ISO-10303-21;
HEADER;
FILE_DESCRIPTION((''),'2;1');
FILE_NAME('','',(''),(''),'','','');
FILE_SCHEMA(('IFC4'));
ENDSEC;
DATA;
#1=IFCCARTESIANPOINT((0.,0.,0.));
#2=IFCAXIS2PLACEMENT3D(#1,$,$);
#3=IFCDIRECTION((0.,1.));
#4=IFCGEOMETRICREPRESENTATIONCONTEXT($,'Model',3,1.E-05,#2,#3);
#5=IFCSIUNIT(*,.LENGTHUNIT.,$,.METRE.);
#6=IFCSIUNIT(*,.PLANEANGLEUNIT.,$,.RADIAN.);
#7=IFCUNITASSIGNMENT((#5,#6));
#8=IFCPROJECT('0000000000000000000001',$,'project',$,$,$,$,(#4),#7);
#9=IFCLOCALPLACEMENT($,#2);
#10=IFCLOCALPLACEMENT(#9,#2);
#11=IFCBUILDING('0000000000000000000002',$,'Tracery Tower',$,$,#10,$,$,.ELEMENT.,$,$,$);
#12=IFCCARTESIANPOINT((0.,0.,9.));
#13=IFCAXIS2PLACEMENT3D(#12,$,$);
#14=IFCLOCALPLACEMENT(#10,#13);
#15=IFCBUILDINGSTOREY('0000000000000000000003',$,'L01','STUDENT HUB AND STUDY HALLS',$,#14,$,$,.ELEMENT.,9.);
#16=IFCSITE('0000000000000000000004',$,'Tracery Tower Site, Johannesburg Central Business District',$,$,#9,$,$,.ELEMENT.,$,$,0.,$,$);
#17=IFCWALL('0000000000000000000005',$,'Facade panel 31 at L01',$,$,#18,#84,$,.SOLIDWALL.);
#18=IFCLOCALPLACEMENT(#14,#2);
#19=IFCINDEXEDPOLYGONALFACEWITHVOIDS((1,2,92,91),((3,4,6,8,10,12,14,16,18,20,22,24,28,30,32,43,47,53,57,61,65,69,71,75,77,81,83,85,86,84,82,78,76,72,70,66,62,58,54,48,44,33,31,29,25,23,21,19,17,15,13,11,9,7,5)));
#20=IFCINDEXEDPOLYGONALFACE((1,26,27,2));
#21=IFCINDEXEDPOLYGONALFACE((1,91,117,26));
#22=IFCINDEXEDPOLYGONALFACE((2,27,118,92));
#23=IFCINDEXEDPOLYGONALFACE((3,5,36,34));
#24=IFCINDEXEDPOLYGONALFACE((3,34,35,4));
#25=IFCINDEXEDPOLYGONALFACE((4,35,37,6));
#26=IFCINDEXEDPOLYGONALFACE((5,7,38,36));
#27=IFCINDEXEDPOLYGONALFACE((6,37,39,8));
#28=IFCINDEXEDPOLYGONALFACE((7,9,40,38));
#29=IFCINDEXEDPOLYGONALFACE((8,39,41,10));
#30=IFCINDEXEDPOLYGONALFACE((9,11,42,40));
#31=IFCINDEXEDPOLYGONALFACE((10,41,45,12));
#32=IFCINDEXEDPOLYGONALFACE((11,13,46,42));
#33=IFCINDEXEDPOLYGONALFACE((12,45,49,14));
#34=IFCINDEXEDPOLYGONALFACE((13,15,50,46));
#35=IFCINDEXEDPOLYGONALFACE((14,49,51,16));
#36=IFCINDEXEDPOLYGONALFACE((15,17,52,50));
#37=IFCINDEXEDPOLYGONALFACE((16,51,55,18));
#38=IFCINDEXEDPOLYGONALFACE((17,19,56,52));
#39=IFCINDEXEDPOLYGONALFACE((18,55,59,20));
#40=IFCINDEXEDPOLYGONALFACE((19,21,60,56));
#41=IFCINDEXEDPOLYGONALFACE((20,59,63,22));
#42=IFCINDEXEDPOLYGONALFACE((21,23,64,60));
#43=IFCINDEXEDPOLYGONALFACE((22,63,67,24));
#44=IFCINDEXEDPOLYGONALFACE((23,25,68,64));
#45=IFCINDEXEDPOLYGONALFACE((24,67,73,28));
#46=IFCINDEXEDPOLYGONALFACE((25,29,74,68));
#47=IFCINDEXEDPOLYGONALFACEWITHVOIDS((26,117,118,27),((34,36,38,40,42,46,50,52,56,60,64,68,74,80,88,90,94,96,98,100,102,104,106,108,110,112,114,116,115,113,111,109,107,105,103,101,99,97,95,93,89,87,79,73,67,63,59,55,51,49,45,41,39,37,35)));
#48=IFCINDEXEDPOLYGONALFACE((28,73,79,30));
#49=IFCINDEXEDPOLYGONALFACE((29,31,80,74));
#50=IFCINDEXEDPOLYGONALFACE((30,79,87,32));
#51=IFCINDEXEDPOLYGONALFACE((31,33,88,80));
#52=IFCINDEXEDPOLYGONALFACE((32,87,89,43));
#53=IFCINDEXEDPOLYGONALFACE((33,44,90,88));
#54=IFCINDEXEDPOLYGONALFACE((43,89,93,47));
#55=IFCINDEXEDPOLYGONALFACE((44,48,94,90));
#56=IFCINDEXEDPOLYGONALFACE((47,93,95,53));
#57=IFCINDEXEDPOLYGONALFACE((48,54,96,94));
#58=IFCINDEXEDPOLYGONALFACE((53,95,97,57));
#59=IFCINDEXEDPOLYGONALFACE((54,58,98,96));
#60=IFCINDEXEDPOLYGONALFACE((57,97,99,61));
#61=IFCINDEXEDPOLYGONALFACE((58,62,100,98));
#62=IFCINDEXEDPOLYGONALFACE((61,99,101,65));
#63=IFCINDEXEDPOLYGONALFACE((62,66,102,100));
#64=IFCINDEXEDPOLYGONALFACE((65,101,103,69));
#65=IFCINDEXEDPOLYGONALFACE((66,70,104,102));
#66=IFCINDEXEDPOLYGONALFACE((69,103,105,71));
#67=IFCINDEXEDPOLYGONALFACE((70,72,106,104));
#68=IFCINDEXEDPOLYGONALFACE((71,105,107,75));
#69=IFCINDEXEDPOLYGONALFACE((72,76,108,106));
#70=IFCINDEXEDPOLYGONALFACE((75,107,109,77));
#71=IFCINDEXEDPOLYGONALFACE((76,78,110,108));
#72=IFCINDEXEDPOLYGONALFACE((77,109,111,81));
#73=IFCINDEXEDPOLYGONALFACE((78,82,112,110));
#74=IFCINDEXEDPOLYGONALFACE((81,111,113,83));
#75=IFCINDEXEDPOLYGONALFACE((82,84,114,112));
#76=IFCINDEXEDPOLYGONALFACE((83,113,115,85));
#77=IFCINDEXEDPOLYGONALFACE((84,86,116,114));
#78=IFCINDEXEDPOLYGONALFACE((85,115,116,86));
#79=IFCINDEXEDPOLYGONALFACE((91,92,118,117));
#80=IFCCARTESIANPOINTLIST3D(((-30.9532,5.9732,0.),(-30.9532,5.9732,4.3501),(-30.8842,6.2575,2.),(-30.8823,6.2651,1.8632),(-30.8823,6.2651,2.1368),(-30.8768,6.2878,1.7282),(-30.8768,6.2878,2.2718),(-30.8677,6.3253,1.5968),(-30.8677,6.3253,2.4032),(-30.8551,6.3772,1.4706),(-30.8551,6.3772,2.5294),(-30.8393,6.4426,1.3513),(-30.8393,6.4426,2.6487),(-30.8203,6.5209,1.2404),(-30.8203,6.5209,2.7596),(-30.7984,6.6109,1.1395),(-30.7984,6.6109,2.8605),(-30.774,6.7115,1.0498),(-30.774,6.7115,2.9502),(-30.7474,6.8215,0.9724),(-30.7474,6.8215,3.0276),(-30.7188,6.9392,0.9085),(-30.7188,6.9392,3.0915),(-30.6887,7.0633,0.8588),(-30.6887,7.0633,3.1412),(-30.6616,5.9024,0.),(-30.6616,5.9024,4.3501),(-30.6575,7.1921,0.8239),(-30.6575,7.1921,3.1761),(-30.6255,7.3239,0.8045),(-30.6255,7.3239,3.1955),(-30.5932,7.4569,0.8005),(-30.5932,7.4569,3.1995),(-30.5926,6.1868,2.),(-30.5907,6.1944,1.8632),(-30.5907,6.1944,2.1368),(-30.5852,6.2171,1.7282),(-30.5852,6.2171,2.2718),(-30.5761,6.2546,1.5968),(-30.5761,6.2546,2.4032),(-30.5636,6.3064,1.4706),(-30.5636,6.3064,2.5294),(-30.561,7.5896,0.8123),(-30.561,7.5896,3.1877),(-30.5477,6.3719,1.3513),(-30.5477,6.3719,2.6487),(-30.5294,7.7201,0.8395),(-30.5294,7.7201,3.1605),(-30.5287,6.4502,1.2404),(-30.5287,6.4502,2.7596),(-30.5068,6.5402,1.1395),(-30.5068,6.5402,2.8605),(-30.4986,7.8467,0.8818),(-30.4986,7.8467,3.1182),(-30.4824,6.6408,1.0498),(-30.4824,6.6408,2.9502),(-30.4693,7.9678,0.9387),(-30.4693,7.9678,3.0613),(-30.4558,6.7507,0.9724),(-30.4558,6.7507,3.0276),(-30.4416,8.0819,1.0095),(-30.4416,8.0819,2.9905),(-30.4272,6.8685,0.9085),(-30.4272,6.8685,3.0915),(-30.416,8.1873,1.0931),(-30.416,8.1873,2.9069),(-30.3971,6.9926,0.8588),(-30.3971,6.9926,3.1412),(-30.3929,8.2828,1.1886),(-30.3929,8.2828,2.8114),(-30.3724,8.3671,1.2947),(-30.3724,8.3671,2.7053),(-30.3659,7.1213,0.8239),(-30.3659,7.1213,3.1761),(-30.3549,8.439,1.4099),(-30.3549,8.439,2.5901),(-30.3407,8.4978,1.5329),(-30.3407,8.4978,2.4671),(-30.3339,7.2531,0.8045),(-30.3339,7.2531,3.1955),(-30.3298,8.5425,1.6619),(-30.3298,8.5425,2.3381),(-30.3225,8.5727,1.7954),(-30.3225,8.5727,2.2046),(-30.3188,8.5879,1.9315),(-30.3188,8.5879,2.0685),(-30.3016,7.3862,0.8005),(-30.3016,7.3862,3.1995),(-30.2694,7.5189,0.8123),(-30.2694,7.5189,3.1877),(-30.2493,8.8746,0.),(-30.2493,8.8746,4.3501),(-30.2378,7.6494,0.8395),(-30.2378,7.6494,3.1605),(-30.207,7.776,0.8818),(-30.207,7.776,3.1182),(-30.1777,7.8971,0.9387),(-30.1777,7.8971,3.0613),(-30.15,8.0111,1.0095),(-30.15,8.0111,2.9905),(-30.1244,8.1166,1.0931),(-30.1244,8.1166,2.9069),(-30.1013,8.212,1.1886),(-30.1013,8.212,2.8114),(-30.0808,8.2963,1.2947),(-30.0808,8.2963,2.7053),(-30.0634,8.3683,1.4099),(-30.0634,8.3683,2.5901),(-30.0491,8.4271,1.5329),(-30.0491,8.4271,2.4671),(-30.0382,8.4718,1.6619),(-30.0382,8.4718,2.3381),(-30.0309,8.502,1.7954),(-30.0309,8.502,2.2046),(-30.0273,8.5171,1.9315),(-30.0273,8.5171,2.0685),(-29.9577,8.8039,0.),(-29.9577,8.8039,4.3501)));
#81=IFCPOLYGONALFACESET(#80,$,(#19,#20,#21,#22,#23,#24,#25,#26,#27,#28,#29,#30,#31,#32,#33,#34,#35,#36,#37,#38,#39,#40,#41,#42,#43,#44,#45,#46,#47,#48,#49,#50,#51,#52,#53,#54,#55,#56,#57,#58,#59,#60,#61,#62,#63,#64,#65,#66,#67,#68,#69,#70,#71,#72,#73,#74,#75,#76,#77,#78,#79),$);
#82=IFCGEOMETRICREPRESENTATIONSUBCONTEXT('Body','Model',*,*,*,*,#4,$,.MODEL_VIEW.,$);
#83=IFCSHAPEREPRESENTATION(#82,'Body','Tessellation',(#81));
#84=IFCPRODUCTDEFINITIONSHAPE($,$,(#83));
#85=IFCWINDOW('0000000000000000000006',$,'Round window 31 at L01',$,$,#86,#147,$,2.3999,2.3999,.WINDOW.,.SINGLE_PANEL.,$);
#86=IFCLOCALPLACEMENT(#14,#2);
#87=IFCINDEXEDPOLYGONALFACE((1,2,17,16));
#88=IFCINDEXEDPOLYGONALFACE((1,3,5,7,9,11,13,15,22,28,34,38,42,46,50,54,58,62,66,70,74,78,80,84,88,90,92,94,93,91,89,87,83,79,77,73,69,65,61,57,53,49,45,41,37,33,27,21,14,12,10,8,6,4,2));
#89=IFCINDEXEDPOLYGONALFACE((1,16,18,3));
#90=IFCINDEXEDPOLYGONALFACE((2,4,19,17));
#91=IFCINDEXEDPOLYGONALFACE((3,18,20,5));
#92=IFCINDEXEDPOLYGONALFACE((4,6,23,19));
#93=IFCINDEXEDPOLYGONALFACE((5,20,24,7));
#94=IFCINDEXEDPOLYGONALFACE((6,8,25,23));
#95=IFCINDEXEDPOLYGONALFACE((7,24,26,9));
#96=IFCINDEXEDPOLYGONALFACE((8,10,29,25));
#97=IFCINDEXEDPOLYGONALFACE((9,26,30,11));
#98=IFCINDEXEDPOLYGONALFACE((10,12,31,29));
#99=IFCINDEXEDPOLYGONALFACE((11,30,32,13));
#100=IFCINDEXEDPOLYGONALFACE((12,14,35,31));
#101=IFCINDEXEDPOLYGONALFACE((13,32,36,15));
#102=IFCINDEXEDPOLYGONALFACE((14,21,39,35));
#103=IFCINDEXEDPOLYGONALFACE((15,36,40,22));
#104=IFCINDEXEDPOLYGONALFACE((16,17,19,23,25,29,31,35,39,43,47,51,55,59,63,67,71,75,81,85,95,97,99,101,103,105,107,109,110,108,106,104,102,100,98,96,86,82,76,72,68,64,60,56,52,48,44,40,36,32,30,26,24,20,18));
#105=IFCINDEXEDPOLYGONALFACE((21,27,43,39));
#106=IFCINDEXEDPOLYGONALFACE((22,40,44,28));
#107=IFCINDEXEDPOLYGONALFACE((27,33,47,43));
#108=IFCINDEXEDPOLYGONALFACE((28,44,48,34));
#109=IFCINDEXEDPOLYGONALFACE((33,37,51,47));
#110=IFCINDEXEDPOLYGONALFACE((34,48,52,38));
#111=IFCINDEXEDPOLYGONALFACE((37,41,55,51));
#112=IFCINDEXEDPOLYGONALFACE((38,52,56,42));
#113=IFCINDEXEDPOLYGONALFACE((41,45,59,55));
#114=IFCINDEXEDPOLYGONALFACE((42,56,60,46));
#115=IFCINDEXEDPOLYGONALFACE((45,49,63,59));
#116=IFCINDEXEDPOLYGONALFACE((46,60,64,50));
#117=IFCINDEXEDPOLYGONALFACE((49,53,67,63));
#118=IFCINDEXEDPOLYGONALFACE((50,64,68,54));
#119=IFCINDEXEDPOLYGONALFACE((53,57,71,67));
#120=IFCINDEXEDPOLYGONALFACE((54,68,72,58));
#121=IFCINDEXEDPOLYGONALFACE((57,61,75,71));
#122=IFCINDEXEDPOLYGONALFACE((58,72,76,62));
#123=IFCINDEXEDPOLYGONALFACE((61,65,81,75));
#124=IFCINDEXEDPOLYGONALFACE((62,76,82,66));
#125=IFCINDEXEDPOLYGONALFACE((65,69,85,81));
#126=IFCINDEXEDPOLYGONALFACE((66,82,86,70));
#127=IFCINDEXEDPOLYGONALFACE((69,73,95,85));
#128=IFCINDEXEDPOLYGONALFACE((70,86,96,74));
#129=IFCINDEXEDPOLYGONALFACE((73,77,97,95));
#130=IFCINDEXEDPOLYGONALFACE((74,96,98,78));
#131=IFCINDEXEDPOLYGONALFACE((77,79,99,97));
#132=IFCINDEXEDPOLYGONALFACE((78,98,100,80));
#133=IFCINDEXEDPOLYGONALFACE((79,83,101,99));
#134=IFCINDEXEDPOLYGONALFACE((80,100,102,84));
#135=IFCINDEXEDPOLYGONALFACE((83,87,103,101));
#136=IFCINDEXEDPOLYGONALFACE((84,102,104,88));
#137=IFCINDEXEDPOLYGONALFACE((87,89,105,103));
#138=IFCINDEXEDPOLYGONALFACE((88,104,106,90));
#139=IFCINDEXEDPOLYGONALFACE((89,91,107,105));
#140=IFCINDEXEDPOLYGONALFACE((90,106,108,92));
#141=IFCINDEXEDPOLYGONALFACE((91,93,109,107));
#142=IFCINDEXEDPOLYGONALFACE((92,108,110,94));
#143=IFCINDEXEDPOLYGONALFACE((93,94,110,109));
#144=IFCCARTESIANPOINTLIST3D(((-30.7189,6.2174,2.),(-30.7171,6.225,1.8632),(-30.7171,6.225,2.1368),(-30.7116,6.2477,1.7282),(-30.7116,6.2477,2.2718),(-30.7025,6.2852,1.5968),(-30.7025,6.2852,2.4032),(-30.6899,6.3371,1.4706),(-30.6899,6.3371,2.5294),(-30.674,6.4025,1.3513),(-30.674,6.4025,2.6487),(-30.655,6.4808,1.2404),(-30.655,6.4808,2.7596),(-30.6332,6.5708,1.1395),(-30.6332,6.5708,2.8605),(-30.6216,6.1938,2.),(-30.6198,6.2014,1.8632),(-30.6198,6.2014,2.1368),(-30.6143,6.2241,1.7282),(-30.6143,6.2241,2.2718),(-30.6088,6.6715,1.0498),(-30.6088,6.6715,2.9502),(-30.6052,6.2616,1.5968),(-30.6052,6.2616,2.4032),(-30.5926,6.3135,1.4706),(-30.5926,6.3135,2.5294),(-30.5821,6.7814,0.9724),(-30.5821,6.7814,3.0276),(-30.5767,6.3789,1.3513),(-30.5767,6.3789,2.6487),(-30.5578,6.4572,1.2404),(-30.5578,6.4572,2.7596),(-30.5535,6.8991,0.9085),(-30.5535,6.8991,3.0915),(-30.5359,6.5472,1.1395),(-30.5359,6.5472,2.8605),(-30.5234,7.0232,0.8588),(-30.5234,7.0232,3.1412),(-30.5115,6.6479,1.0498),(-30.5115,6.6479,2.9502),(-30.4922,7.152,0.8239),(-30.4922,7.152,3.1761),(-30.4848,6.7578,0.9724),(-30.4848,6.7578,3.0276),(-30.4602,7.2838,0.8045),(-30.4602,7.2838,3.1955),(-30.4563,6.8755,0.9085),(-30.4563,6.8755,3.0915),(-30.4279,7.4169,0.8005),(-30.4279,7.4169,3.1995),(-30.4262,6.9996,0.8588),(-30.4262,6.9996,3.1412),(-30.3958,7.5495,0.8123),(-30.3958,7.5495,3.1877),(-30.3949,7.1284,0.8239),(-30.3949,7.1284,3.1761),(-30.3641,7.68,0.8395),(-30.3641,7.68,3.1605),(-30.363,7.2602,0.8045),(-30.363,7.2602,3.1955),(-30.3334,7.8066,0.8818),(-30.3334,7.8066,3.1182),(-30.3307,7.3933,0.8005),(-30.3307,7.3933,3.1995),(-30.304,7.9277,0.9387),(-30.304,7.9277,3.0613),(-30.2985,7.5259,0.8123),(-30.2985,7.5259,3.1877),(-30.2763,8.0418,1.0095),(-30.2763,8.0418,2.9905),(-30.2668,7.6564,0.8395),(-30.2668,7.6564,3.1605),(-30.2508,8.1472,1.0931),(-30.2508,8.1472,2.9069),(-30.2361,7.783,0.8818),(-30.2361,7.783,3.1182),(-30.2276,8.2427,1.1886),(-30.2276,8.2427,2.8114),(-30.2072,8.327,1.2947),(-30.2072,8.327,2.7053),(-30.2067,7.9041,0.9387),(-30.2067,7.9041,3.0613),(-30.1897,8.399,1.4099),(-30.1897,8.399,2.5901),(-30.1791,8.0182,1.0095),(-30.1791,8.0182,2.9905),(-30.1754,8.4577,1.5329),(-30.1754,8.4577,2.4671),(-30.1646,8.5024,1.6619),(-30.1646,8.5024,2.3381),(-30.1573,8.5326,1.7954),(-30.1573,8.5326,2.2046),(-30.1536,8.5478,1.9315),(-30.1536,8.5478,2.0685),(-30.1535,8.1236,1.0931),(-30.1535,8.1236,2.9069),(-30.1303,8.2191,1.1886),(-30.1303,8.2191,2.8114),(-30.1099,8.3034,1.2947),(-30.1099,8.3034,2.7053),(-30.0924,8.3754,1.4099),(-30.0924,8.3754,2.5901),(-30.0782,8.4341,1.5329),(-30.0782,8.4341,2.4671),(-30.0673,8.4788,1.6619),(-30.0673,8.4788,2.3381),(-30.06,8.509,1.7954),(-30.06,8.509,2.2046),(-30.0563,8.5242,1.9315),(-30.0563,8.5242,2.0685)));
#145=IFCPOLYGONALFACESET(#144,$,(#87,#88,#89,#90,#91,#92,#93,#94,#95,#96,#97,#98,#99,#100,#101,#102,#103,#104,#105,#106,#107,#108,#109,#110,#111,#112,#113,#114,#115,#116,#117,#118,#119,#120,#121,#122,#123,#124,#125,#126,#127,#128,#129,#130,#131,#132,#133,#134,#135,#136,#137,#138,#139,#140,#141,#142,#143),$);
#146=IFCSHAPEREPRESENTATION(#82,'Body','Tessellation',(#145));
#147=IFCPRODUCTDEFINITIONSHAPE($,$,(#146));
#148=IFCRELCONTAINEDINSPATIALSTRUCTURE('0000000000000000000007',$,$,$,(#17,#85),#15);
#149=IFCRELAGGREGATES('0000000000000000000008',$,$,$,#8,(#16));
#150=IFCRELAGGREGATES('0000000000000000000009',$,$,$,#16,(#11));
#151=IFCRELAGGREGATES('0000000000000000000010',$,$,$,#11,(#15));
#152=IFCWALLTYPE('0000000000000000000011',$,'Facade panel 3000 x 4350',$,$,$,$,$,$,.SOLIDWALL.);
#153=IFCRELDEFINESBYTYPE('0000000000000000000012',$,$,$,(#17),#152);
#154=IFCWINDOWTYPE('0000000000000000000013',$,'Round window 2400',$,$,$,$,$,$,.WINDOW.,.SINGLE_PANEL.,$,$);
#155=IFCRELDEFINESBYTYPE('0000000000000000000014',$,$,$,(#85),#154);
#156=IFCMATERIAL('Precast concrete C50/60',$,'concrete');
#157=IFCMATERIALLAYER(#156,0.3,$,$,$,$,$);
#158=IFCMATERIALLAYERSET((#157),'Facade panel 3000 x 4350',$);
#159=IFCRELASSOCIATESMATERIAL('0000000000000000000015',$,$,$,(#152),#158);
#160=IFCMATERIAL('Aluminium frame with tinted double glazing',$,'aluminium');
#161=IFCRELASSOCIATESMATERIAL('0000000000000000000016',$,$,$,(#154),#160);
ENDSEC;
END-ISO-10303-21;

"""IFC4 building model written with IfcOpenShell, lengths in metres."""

from ifc_helpers import new_model, si_unit, direction, frame, frame_2d, origin, origin_2d, place, context, subcontext, project, spatial, rectangle, circle, extrude, material, layer, layer_set, type_object, element, fill, save


model = new_model("IFC4")

# Units and contexts
model_context = context("Model", 3, precision=1e-05, world=origin(), true_north=direction((0.0, 1.0)))
body_context = subcontext(model_context, "Body", "Model", "MODEL_VIEW")
ifc_project = project(units=[si_unit("LENGTHUNIT", "METRE"), si_unit("PLANEANGLEUNIT", "RADIAN")], contexts=[model_context])

# Site, building, storey
site_placement = place(None, origin())
site = spatial("IfcSite", under=ifc_project, at=site_placement, Name="Tracery Tower Site, Johannesburg Central Business District", CompositionType="ELEMENT", RefElevation=0.0)
building_placement = place(site_placement, origin())
building = spatial("IfcBuilding", under=site, at=building_placement, Name="Tracery Tower", CompositionType="ELEMENT")
storey_placement = place(building_placement, frame((0.0, 0.0, 9.0)))
storey = spatial("IfcBuildingStorey", under=building, at=storey_placement, Name="L01", Description="STUDENT HUB AND STUDY HALLS", CompositionType="ELEMENT", Elevation=9.0)

# Wall, opening, window
ifc_material_1 = material(Name="Precast concrete C50/60", Category="concrete")
ifc_layer_1 = layer(ifc_material_1, 0.3)
ifc_layer_set_1 = layer_set([ifc_layer_1], Name="Facade panel 3000 x 4350")
wall_type_1 = type_object("IfcWallType", Name="Facade panel 3000 x 4350", PredefinedType="SOLIDWALL", material=ifc_layer_set_1)
wall_1_placement = place(storey_placement, frame((-30.1035, 8.8391, 0.0), z_axis=(0.0, 0.0, 1.0), x_axis=(-0.235757, -0.971812, 0.0)))
wall_1 = element("IfcWall", 1, at=wall_1_placement, inside=storey, type_object=wall_type_1, Name="Facade panel 31 at L01", PredefinedType="SOLIDWALL", context=body_context, shape_type="SweptSolid", body=[
    extrude(rectangle(XDim=2.9856, YDim=0.3, at=frame_2d((1.4927, 0.0))), origin(), (0.0, 0.0, 1.0), 4.3501),
])
opening_1_placement = place(wall_1_placement, frame((1.4929, 0.0, 2.0)))
opening_1 = element("IfcOpeningElement", 2, at=opening_1_placement, cuts=wall_1, PredefinedType="OPENING", context=body_context, shape_type="SweptSolid", body=[
    extrude(circle(Radius=1.2, at=origin_2d()), frame((0.0, 0.1599, 0.0), z_axis=(0.0, -1.0, 0.0), x_axis=(1.0, 0.0, 0.0)), (0.0, 0.0, 1.0), 0.3201),
])
ifc_material_2 = material(Name="Aluminium frame with tinted double glazing", Category="aluminium")
window_type = type_object("IfcWindowType", Name="Round window 2400", PartitioningType="SINGLE_PANEL", PredefinedType="WINDOW", material=ifc_material_2)
window_1_placement = place(opening_1_placement, origin())
window_1 = element("IfcWindow", 3, at=window_1_placement, inside=storey, type_object=window_type, Name="Round window 31 at L01", OverallHeight=2.3999, OverallWidth=2.3999, PartitioningType="SINGLE_PANEL", PredefinedType="WINDOW", context=body_context, shape_type="SweptSolid", body=[
    extrude(circle(Radius=1.2, at=origin_2d()), frame((0.0, 0.1201, 0.0), z_axis=(0.0, -1.0, 0.0), x_axis=(1.0, 0.0, 0.0)), (0.0, 0.0, 1.0), 0.1001),
])
fill(opening_1, window_1)

save(model, "model.ifc")
